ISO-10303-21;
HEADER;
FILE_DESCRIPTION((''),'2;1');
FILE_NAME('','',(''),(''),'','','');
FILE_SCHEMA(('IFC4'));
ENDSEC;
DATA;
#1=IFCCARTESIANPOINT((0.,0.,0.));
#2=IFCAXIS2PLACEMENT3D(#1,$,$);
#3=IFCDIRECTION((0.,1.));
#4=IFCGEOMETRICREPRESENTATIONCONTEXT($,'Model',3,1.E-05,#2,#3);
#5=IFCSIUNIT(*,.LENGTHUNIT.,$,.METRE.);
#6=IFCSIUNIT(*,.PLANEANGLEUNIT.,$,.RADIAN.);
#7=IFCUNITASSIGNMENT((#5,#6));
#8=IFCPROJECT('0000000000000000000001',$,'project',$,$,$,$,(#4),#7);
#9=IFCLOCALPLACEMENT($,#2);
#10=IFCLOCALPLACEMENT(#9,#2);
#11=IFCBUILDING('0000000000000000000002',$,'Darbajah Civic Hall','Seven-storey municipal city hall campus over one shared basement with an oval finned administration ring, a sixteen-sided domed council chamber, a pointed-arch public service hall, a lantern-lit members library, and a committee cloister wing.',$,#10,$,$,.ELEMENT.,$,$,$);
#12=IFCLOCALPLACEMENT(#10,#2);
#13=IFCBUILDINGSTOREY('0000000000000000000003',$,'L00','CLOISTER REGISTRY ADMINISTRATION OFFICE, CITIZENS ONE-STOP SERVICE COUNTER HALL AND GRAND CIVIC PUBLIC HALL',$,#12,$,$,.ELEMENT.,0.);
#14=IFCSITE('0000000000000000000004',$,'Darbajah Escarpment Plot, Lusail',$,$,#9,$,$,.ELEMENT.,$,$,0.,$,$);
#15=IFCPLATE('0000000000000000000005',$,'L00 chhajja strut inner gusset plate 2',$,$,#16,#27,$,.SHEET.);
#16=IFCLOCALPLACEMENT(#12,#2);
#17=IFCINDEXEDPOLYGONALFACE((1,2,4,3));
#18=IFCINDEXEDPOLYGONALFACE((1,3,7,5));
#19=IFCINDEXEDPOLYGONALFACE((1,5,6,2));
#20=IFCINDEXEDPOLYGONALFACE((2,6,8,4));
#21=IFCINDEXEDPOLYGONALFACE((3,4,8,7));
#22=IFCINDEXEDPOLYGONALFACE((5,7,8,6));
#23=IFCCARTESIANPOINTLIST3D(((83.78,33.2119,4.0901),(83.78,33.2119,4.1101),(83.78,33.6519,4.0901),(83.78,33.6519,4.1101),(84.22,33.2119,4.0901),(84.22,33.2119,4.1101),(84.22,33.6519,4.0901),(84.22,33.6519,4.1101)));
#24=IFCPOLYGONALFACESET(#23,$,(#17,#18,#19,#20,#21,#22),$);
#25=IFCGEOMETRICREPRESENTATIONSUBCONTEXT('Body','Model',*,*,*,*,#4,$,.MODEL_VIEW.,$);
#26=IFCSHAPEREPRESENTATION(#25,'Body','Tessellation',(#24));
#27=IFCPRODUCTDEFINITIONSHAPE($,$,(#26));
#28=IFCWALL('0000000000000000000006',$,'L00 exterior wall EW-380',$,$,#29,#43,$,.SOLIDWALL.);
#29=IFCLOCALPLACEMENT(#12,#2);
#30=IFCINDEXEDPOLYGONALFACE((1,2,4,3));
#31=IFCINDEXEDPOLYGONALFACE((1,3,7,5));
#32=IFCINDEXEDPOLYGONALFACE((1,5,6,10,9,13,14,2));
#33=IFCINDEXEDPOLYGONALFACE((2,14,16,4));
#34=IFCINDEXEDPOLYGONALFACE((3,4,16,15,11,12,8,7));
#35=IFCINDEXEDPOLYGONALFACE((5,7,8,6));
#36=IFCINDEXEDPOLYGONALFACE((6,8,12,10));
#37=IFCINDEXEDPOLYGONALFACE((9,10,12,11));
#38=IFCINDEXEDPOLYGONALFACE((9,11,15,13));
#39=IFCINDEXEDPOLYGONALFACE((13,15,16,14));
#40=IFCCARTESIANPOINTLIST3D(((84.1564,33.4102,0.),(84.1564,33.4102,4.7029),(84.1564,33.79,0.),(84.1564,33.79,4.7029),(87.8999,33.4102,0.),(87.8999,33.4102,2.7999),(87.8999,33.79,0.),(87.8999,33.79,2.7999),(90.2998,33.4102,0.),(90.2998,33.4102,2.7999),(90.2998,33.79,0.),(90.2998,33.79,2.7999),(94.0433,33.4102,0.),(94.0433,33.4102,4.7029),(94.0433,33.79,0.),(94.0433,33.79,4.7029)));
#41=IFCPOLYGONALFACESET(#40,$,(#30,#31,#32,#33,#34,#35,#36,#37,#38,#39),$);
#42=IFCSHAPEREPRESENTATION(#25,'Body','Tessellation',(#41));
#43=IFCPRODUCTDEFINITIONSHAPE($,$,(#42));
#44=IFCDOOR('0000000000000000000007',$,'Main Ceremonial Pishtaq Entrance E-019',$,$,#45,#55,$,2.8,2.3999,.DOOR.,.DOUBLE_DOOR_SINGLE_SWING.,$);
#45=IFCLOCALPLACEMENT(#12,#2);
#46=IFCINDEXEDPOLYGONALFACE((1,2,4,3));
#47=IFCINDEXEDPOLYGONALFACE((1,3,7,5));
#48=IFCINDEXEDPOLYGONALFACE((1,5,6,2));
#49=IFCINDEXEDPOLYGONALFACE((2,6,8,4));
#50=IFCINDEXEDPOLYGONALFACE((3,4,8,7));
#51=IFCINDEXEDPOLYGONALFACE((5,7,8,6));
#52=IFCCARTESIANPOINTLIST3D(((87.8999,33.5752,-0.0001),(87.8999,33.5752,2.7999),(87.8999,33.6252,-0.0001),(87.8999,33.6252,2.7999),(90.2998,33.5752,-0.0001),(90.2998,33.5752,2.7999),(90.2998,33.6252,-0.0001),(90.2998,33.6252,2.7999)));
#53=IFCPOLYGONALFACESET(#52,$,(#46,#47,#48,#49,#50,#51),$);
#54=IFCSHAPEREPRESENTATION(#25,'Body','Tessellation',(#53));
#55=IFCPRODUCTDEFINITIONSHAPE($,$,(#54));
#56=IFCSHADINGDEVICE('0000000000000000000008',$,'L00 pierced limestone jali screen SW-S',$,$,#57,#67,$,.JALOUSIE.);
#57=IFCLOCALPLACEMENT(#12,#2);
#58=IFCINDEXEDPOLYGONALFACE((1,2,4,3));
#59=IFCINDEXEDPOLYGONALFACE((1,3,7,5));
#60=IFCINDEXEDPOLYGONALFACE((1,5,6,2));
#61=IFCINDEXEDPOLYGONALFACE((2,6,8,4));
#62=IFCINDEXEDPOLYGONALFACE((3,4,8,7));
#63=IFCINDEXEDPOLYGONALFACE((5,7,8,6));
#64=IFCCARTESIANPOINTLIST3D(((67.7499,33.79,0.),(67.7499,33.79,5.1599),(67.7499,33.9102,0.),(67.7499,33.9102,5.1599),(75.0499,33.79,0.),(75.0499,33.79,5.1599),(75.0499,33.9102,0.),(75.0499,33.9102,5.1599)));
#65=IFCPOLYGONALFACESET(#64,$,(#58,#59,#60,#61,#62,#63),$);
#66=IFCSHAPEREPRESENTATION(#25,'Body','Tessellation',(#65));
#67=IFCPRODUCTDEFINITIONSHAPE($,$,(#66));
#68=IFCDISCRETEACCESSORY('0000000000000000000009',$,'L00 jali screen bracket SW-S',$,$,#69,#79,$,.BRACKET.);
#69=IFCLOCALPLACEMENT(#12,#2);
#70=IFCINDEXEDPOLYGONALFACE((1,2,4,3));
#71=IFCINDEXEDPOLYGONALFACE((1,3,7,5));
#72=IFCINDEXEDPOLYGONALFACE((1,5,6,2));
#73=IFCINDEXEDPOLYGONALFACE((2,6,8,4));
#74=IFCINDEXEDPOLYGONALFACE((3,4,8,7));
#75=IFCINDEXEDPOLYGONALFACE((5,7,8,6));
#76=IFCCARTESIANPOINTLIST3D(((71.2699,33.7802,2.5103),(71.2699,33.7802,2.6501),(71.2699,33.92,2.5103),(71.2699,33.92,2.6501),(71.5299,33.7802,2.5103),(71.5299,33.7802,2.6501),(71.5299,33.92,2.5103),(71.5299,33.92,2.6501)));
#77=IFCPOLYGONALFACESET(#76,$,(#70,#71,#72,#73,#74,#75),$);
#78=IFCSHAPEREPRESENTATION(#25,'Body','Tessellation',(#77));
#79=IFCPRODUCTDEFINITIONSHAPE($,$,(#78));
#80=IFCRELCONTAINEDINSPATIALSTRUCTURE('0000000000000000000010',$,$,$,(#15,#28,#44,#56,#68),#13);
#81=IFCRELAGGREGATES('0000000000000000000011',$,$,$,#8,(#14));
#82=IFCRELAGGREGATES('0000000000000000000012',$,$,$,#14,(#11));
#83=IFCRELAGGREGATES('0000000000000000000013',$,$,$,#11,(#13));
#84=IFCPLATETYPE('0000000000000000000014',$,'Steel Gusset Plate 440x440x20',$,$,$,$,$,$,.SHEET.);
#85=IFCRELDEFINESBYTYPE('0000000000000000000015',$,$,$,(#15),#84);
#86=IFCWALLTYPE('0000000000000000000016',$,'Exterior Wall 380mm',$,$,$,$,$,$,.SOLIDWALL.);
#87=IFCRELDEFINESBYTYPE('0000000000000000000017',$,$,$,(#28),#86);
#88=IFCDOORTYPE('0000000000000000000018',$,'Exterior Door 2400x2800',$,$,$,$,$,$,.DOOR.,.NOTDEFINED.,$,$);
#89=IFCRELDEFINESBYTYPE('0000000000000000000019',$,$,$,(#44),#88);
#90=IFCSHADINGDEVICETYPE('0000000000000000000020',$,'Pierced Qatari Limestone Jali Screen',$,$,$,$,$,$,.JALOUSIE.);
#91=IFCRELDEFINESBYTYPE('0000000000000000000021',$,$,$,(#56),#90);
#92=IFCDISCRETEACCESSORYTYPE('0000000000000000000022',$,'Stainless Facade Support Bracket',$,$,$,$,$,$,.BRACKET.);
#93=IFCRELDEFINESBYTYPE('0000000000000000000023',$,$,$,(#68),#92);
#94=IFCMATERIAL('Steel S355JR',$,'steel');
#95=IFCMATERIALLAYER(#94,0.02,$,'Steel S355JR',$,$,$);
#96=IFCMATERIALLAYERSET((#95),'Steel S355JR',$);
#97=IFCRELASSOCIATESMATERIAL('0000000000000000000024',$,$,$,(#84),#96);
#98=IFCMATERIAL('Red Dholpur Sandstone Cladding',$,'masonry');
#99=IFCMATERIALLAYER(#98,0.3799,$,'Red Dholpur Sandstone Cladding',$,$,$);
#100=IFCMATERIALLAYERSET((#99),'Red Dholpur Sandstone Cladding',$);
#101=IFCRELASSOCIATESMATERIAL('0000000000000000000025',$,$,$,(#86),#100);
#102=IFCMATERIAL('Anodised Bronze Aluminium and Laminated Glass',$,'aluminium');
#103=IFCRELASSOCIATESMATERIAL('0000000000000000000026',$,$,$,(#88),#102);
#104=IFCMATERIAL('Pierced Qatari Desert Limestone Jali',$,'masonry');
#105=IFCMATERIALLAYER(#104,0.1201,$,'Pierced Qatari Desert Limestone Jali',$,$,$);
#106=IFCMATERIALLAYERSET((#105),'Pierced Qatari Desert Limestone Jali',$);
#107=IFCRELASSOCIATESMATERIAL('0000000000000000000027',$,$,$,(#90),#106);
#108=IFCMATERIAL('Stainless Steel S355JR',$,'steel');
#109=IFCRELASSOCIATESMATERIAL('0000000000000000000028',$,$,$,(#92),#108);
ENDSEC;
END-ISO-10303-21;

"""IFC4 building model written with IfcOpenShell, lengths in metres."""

from ifc_helpers import new_model, si_unit, direction, frame, frame_2d, origin, origin_2d, place, context, subcontext, project, spatial, rectangle, extrude, material, layer, layer_set, type_object, element, fill, save


model = new_model("IFC4")

# Units and contexts
model_context = context("Model", 3, precision=1e-05, world=origin(), true_north=direction((0.0, 1.0)))
body_context = subcontext(model_context, "Body", "Model", "MODEL_VIEW")
ifc_project = project(units=[si_unit("LENGTHUNIT", "METRE"), si_unit("PLANEANGLEUNIT", "RADIAN")], contexts=[model_context])

# Site, building, storey
site_placement = place(None, origin())
site = spatial("IfcSite", under=ifc_project, at=site_placement, Name="Darbajah Escarpment Plot, Lusail", CompositionType="ELEMENT", RefElevation=0.0)
building_placement = place(site_placement, origin())
building = spatial("IfcBuilding", under=site, at=building_placement, Name="Darbajah Civic Hall", Description="Seven-storey municipal city hall campus over one shared basement with an oval finned administration ring, a sixteen-sided domed council chamber, a pointed-arch public service hall, a lantern-lit members library, and a committee cloister wing.", CompositionType="ELEMENT")
storey_placement = place(building_placement, origin())
storey = spatial("IfcBuildingStorey", under=building, at=storey_placement, Name="L00", Description="CLOISTER REGISTRY ADMINISTRATION OFFICE, CITIZENS ONE-STOP SERVICE COUNTER HALL AND GRAND CIVIC PUBLIC HALL", CompositionType="ELEMENT", Elevation=0.0)

# Shared definitions
ifc_material_1 = material(Name="Steel S355JR", Category="steel")

# Plate
ifc_layer_1 = layer(ifc_material_1, 0.02, Name="Steel S355JR")
ifc_layer_set_1 = layer_set([ifc_layer_1], Name="Steel S355JR")
plate_type_1 = type_object("IfcPlateType", Name="Steel Gusset Plate 440x440x20", PredefinedType="SHEET", material=ifc_layer_set_1)
for number, where, z_axis, x_axis, name in (
    (1, (84.0, 33.4319, 4.0901), (0.0, 0.0, 1.0), (1.0, 0.0, 0.0), "L00 chhajja strut inner gusset plate 2"),
):
    element("IfcPlate", number, at=place(storey_placement, frame(where, z_axis=z_axis, x_axis=x_axis)), inside=storey, type_object=plate_type_1, Name=name, PredefinedType="SHEET", context=body_context, shape_type="SweptSolid", body=[
        extrude(rectangle(XDim=0.4399, YDim=0.4399, at=origin_2d()), origin(), (0.0, 0.0, 1.0), 0.02),
    ])

# Wall, opening, door
ifc_material_2 = material(Name="Red Dholpur Sandstone Cladding", Category="masonry")
ifc_layer_2 = layer(ifc_material_2, 0.3799, Name="Red Dholpur Sandstone Cladding")
ifc_layer_set_2 = layer_set([ifc_layer_2], Name="Red Dholpur Sandstone Cladding")
wall_type = type_object("IfcWallType", Name="Exterior Wall 380mm", PredefinedType="SOLIDWALL", material=ifc_layer_set_2)
wall_1_placement = place(storey_placement, frame((84.1565, 33.6001, 0.0), z_axis=(0.0, 0.0, 1.0), x_axis=(1.0, 0.0, 0.0)))
wall_1 = element("IfcWall", 2, at=wall_1_placement, inside=storey, type_object=wall_type, Name="L00 exterior wall EW-380", PredefinedType="SOLIDWALL", context=body_context, shape_type="SweptSolid", body=[
    extrude(rectangle(XDim=9.887, YDim=0.3799, at=frame_2d((4.9434, 0.0))), origin(), (0.0, 0.0, 1.0), 4.7029),
])
opening_1_placement = place(wall_1_placement, frame((3.7434, 0.0, 0.0)))
opening_1 = element("IfcOpeningElement", 3, at=opening_1_placement, cuts=wall_1, PredefinedType="OPENING", context=body_context, shape_type="SweptSolid", body=[
    extrude(rectangle(XDim=2.3999, YDim=2.8, at=frame_2d((1.2, 1.3999))), frame((0.0, 0.2, 0.0), z_axis=(0.0, -1.0, 0.0), x_axis=(1.0, 0.0, 0.0)), (0.0, 0.0, 1.0), 0.3999),
])
ifc_material_3 = material(Name="Anodised Bronze Aluminium and Laminated Glass", Category="aluminium")
door_type_1 = type_object("IfcDoorType", Name="Exterior Door 2400x2800", OperationType="NOTDEFINED", PredefinedType="DOOR", material=ifc_material_3)
door_1_placement = place(opening_1_placement, frame((2.3999, 0.0, 0.0), z_axis=(0.0, 0.0, 1.0), x_axis=(-1.0, 0.0, 0.0)))
door_1 = element("IfcDoor", 4, at=door_1_placement, inside=storey, type_object=door_type_1, Name="Main Ceremonial Pishtaq Entrance E-019", OperationType="DOUBLE_DOOR_SINGLE_SWING", OverallHeight=2.8, OverallWidth=2.3999, PredefinedType="DOOR", context=body_context, shape_type="SweptSolid", body=[
    extrude(rectangle(XDim=2.3999, YDim=2.8, at=frame_2d((1.2, 1.3999))), frame((0.0, 0.0249, 0.0), z_axis=(0.0, -1.0, 0.0), x_axis=(1.0, 0.0, 0.0)), (0.0, 0.0, 1.0), 0.05),
])
fill(opening_1, door_1)

# Shading device
ifc_material_4 = material(Name="Pierced Qatari Desert Limestone Jali", Category="masonry")
ifc_layer_3 = layer(ifc_material_4, 0.1201, Name="Pierced Qatari Desert Limestone Jali")
ifc_layer_set_3 = layer_set([ifc_layer_3], Name="Pierced Qatari Desert Limestone Jali")
shading_device_type = type_object("IfcShadingDeviceType", Name="Pierced Qatari Limestone Jali Screen", PredefinedType="JALOUSIE", material=ifc_layer_set_3)
shading_device_placement = place(storey_placement, frame((71.3999, 33.8501, 0.0), z_axis=(0.0, 0.0, 1.0), x_axis=(1.0, 0.0, 0.0)))
element("IfcShadingDevice", 5, at=shading_device_placement, inside=storey, type_object=shading_device_type, Name="L00 pierced limestone jali screen SW-S", PredefinedType="JALOUSIE", context=body_context, shape_type="SweptSolid", body=[
    extrude(rectangle(XDim=7.3, YDim=0.1201, at=origin_2d()), origin(), (0.0, 0.0, 1.0), 5.1599),
])

# Discrete accessory
ifc_material_5 = material(Name="Stainless Steel S355JR", Category="steel")
discrete_accessory_type = type_object("IfcDiscreteAccessoryType", Name="Stainless Facade Support Bracket", PredefinedType="BRACKET", material=ifc_material_5)
discrete_accessory_placement = place(storey_placement, frame((71.3999, 33.8501, 2.5103), z_axis=(0.0, 0.0, 1.0), x_axis=(1.0, 0.0, 0.0)))
element("IfcDiscreteAccessory", 6, at=discrete_accessory_placement, inside=storey, type_object=discrete_accessory_type, Name="L00 jali screen bracket SW-S", PredefinedType="BRACKET", context=body_context, shape_type="SweptSolid", body=[
    extrude(rectangle(XDim=0.26, YDim=0.1399, at=origin_2d()), origin(), (0.0, 0.0, 1.0), 0.1399),
])

save(model, "model.ifc")
